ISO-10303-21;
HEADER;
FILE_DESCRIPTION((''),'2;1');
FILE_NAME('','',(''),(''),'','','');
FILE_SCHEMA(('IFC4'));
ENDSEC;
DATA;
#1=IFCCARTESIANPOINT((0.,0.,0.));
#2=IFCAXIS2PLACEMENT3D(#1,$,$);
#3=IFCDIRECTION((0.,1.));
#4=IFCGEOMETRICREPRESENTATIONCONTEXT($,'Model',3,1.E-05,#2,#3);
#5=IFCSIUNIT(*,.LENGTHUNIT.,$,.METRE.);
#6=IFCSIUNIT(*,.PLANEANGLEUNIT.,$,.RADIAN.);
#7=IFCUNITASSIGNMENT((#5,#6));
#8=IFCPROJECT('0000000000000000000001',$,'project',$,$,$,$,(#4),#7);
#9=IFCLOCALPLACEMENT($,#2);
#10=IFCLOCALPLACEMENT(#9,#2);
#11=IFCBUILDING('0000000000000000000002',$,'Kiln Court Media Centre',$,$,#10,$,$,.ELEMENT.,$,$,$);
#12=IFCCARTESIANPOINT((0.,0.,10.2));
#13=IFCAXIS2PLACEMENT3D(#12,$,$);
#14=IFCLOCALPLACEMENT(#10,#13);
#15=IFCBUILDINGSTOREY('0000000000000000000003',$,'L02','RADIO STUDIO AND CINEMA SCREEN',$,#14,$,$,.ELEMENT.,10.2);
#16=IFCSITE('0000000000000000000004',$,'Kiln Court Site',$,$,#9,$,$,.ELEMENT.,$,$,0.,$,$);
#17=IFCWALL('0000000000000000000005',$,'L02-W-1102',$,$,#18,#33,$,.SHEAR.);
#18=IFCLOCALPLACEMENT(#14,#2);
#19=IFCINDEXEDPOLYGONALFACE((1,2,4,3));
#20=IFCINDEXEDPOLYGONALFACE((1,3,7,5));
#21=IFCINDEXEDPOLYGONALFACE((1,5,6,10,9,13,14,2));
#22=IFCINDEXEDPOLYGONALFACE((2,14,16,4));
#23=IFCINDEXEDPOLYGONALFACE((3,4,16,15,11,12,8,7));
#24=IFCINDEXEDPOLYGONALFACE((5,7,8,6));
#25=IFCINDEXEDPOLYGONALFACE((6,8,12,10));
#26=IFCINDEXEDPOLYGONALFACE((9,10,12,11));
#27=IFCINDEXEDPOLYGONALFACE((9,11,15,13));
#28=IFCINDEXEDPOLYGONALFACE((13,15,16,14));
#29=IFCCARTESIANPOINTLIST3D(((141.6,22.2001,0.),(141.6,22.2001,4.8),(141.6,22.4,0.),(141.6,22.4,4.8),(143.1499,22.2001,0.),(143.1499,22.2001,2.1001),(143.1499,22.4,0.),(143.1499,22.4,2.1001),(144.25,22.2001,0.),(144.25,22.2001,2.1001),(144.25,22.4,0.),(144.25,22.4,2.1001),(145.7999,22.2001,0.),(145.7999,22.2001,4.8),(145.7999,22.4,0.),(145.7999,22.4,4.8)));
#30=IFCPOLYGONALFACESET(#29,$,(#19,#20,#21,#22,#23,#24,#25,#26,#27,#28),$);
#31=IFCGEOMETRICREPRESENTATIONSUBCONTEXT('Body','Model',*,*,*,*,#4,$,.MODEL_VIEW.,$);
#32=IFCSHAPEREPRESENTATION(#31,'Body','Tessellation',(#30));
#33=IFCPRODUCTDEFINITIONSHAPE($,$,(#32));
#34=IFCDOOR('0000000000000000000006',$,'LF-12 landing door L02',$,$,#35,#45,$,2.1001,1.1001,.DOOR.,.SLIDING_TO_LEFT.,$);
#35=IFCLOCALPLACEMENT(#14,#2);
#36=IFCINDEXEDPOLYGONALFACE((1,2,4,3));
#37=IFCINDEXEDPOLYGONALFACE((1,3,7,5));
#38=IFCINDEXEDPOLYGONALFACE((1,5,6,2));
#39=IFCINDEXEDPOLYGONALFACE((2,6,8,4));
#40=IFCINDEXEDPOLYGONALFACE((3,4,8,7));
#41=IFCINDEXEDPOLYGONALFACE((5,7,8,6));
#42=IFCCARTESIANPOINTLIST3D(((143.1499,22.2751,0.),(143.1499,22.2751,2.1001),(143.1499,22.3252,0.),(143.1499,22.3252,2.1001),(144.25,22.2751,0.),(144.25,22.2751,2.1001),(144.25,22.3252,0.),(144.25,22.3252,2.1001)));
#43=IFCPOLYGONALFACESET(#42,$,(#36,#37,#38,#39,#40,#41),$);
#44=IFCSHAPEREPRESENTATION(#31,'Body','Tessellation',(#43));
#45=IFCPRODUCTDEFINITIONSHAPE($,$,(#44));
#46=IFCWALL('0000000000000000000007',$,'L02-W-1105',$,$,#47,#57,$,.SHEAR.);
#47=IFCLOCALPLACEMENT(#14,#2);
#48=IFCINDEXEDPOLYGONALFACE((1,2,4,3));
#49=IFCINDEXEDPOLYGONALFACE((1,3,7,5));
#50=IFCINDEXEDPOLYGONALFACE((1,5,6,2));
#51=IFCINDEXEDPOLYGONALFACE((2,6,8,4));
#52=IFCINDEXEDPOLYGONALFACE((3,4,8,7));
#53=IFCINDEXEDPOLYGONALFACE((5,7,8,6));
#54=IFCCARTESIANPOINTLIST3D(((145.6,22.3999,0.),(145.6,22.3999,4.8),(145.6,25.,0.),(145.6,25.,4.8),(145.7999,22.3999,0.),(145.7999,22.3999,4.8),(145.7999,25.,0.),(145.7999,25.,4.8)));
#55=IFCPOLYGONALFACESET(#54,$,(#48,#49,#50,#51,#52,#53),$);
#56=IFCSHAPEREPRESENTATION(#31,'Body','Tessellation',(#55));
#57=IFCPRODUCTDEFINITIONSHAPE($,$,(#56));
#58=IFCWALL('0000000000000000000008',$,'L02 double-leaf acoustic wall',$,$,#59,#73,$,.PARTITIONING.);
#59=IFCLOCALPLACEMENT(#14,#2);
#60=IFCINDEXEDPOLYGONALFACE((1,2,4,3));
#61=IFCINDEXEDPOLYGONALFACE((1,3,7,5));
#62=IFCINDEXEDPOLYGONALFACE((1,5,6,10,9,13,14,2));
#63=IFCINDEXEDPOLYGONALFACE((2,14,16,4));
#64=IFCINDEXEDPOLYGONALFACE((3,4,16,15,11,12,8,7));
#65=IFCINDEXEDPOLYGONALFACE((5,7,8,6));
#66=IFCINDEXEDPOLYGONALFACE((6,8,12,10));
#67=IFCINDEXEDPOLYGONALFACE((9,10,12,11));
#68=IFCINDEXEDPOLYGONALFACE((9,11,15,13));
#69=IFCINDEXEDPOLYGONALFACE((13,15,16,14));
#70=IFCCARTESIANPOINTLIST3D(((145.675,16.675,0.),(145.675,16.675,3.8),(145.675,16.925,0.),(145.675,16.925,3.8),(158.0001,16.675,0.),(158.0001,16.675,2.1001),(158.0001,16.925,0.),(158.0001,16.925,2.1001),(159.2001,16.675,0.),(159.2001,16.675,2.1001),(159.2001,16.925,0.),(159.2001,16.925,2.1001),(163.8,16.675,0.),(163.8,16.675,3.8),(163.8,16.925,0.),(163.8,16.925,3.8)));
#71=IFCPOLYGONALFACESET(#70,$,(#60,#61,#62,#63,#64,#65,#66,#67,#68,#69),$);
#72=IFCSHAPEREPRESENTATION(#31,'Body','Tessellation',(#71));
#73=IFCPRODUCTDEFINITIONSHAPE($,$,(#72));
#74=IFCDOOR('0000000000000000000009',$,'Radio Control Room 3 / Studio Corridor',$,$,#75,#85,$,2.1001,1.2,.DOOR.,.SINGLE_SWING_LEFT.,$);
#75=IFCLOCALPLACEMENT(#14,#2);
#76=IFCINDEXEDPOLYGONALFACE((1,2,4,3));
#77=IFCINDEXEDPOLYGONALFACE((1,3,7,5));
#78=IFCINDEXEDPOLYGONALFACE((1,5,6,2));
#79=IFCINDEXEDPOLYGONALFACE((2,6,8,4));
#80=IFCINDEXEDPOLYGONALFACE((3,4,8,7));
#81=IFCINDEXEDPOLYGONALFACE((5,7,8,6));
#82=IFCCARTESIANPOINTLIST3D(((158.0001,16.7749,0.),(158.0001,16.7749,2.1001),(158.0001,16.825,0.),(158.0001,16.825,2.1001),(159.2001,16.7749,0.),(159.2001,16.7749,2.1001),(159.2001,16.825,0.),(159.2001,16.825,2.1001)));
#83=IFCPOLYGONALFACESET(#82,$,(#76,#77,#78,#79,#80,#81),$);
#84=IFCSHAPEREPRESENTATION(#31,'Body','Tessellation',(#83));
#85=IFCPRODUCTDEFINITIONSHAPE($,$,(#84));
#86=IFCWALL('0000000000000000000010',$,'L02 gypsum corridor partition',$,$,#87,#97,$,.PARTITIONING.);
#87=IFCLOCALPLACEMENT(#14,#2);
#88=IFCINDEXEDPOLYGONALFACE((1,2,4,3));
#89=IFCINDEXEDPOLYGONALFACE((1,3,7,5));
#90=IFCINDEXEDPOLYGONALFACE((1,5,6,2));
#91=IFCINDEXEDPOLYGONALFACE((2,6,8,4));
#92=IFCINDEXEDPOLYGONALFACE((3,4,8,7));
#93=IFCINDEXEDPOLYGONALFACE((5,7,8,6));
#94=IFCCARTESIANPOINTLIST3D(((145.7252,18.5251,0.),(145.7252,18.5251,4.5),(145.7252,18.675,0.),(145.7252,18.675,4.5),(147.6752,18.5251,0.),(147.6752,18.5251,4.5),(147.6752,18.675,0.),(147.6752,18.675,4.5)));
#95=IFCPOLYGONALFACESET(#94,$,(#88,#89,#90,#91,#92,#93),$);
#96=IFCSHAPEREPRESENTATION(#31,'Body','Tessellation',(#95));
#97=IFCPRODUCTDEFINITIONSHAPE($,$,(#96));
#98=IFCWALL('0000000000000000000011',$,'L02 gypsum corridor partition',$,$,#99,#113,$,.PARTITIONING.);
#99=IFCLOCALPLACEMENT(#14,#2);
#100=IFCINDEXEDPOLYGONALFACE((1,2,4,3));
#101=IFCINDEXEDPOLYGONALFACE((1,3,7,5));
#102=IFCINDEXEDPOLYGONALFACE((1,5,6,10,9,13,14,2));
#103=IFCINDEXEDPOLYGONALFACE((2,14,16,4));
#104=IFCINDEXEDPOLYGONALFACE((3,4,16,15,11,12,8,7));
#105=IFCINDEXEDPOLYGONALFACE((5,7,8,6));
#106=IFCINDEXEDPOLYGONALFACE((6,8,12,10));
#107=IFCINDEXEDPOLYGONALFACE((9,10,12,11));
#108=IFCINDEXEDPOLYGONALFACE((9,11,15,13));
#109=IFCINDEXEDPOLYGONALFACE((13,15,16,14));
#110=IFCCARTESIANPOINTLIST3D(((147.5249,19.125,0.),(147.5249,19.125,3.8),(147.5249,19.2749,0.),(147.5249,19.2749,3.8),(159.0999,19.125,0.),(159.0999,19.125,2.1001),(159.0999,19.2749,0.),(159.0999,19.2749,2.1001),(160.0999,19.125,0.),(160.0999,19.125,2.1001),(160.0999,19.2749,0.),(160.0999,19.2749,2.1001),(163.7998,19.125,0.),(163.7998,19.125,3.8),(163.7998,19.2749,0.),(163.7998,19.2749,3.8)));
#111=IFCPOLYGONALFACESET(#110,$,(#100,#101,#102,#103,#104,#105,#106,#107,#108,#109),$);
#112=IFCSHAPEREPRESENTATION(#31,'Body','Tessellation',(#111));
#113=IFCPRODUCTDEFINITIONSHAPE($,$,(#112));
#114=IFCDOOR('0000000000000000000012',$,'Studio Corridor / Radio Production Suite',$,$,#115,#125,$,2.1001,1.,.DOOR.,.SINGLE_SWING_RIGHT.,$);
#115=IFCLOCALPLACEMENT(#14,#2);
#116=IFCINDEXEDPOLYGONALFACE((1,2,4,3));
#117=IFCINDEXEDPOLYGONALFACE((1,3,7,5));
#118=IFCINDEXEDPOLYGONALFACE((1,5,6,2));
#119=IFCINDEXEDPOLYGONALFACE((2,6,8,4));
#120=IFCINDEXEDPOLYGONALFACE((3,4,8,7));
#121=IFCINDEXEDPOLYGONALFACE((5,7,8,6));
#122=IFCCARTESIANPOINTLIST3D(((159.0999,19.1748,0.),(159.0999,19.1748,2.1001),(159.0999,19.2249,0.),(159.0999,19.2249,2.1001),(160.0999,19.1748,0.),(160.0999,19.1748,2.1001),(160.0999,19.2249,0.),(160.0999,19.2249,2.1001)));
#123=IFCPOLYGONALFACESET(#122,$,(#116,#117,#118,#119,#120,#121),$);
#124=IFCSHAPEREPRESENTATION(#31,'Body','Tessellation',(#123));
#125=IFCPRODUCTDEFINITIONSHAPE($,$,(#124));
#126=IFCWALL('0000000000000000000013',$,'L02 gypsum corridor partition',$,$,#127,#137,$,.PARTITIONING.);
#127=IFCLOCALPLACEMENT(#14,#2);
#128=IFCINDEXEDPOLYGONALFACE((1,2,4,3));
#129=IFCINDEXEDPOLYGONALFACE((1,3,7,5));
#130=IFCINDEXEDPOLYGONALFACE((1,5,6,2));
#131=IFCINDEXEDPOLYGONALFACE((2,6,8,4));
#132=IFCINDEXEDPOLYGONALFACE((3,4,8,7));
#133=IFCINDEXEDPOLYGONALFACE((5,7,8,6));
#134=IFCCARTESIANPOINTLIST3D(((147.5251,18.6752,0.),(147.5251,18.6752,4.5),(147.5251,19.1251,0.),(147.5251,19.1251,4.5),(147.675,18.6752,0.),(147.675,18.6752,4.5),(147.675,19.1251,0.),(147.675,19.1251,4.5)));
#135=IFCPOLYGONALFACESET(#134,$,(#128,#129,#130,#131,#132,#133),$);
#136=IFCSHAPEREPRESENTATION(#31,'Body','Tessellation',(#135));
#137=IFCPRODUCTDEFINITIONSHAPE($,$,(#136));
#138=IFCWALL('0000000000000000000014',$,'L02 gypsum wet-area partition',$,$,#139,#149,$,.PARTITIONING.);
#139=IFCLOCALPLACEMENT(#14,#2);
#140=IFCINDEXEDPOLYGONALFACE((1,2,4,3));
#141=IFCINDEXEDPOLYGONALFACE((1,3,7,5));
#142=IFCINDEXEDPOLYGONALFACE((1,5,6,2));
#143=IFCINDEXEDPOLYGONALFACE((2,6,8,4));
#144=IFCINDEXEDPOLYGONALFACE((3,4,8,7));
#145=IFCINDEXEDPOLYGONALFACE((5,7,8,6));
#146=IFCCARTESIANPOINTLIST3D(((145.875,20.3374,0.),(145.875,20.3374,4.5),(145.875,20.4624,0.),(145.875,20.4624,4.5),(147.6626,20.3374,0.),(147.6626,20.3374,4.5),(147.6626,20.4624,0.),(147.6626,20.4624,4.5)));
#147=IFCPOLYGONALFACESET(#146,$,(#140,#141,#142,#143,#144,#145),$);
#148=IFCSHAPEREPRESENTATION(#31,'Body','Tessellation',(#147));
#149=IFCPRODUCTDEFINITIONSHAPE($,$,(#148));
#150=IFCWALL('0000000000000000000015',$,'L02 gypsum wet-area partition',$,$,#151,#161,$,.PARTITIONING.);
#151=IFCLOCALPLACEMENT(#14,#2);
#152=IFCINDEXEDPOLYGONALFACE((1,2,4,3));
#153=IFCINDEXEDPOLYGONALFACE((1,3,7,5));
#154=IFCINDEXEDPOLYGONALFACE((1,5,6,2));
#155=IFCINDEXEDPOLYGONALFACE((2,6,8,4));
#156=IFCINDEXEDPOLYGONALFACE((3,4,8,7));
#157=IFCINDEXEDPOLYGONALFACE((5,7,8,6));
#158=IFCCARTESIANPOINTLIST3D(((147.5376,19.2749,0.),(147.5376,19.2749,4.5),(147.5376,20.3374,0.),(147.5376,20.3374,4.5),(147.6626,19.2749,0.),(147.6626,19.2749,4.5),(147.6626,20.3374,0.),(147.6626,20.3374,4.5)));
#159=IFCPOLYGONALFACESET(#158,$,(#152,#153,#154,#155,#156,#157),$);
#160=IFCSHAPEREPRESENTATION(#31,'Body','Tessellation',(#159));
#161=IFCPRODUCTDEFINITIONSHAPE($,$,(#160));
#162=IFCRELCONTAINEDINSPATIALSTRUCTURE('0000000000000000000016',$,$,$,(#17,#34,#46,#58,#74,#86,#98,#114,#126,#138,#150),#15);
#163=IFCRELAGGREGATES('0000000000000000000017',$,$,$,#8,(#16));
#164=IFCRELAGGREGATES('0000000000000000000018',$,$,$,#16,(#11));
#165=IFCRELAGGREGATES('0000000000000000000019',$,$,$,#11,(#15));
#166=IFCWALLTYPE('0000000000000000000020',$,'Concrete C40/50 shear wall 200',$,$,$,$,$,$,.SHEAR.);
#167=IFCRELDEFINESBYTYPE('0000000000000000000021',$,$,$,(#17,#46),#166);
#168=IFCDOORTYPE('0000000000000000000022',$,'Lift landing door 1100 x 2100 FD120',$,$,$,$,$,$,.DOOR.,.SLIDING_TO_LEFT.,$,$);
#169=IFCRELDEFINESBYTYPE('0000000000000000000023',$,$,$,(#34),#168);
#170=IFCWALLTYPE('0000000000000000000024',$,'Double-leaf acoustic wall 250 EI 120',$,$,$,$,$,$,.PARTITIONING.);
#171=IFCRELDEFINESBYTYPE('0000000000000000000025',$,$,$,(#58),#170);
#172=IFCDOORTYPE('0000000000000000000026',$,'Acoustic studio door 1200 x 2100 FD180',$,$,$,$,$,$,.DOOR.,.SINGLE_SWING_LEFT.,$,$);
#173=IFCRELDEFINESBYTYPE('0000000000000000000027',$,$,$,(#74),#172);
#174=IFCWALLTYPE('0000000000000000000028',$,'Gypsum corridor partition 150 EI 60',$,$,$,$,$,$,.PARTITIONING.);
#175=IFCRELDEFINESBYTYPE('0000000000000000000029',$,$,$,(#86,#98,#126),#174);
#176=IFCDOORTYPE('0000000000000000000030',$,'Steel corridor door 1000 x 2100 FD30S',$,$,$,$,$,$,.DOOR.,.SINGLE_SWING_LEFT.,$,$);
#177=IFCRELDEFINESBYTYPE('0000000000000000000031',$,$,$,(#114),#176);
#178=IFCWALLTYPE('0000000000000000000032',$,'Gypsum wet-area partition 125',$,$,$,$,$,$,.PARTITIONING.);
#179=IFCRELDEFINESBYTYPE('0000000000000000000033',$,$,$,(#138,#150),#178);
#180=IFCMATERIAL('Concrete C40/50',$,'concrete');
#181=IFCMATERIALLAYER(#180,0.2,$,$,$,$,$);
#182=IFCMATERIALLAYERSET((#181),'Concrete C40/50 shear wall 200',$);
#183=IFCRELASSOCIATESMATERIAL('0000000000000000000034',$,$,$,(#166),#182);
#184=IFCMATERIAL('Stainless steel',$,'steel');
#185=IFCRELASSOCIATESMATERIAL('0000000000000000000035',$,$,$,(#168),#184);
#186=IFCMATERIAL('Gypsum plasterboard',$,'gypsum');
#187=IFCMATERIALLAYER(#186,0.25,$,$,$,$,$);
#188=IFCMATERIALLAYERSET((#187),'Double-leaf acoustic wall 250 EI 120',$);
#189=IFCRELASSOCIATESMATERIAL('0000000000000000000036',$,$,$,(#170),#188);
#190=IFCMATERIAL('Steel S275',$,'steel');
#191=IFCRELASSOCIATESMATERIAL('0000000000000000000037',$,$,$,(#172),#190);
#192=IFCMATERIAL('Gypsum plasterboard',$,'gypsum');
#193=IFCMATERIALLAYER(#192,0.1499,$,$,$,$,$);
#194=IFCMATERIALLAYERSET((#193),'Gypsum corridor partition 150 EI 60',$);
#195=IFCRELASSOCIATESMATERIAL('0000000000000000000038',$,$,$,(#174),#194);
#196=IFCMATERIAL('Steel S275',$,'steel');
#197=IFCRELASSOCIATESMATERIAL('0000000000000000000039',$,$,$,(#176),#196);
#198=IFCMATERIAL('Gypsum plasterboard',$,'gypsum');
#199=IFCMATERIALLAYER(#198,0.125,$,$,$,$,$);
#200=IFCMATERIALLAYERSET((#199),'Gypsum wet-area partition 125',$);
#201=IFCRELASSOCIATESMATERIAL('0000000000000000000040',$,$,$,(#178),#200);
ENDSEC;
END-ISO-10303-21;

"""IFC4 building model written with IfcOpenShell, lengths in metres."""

from ifc_helpers import new_model, si_unit, direction, frame, frame_2d, origin, place, context, subcontext, project, spatial, rectangle, extrude, material, layer, layer_set, type_object, element, fill, save


model = new_model("IFC4")

# Units and contexts
model_context = context("Model", 3, precision=1e-05, world=origin(), true_north=direction((0.0, 1.0)))
body_context = subcontext(model_context, "Body", "Model", "MODEL_VIEW")
ifc_project = project(units=[si_unit("LENGTHUNIT", "METRE"), si_unit("PLANEANGLEUNIT", "RADIAN")], contexts=[model_context])

# Site, building, storey
site_placement = place(None, origin())
site = spatial("IfcSite", under=ifc_project, at=site_placement, Name="Kiln Court Site", CompositionType="ELEMENT", RefElevation=0.0)
building_placement = place(site_placement, origin())
building = spatial("IfcBuilding", under=site, at=building_placement, Name="Kiln Court Media Centre", CompositionType="ELEMENT")
storey_placement = place(building_placement, frame((0.0, 0.0, 10.2)))
storey = spatial("IfcBuildingStorey", under=building, at=storey_placement, Name="L02", Description="RADIO STUDIO AND CINEMA SCREEN", CompositionType="ELEMENT", Elevation=10.2)

# Wall, opening, door
ifc_material_1 = material(Name="Concrete C40/50", Category="concrete")
ifc_layer_1 = layer(ifc_material_1, 0.2)
ifc_layer_set_1 = layer_set([ifc_layer_1], Name="Concrete C40/50 shear wall 200")
wall_type_1 = type_object("IfcWallType", Name="Concrete C40/50 shear wall 200", PredefinedType="SHEAR", material=ifc_layer_set_1)
wall_1_placement = place(storey_placement, frame((145.8, 22.3, 0.0), z_axis=(0.0, 0.0, 1.0), x_axis=(-1.0, 0.0, 0.0)))
wall_1 = element("IfcWall", 1, at=wall_1_placement, inside=storey, type_object=wall_type_1, Name="L02-W-1102", PredefinedType="SHEAR", context=body_context, shape_type="SweptSolid", body=[
    extrude(rectangle(XDim=4.2, YDim=0.2, at=frame_2d((2.1001, 0.0))), origin(), (0.0, 0.0, 1.0), 4.8),
])
opening_1_placement = place(wall_1_placement, frame((1.55, 0.0, 0.0)))
opening_1 = element("IfcOpeningElement", 2, at=opening_1_placement, cuts=wall_1, PredefinedType="OPENING", context=body_context, shape_type="SweptSolid", body=[
    extrude(rectangle(XDim=1.1001, YDim=2.1001, at=frame_2d((0.55, 1.05))), frame((0.0, 0.1099, 0.0), z_axis=(0.0, -1.0, 0.0), x_axis=(1.0, 0.0, 0.0)), (0.0, 0.0, 1.0), 0.22),
])
ifc_material_2 = material(Name="Stainless steel", Category="steel")
door_type_1 = type_object("IfcDoorType", Name="Lift landing door 1100 x 2100 FD120", OperationType="SLIDING_TO_LEFT", PredefinedType="DOOR", material=ifc_material_2)
door_1_placement = place(opening_1_placement, origin())
door_1 = element("IfcDoor", 3, at=door_1_placement, inside=storey, type_object=door_type_1, Name="LF-12 landing door L02", OperationType="SLIDING_TO_LEFT", OverallHeight=2.1001, OverallWidth=1.1001, PredefinedType="DOOR", context=body_context, shape_type="SweptSolid", body=[
    extrude(rectangle(XDim=1.1001, YDim=2.1001, at=frame_2d((0.55, 1.05))), frame((0.0, 0.0249, 0.0), z_axis=(0.0, -1.0, 0.0), x_axis=(1.0, 0.0, 0.0)), (0.0, 0.0, 1.0), 0.05),
])
fill(opening_1, door_1)

# Wall
wall_2_placement = place(storey_placement, frame((145.7, 25.0, 0.0), z_axis=(0.0, 0.0, 1.0), x_axis=(0.0, -1.0, 0.0)))
element("IfcWall", 4, at=wall_2_placement, inside=storey, type_object=wall_type_1, Name="L02-W-1105", PredefinedType="SHEAR", context=body_context, shape_type="SweptSolid", body=[
    extrude(rectangle(XDim=2.6001, YDim=0.2, at=frame_2d((1.3, 0.0))), origin(), (0.0, 0.0, 1.0), 4.8),
])

# Wall, opening, door
ifc_material_3 = material(Name="Gypsum plasterboard", Category="gypsum")
ifc_layer_2 = layer(ifc_material_3, 0.25)
ifc_layer_set_2 = layer_set([ifc_layer_2], Name="Double-leaf acoustic wall 250 EI 120")
wall_type_2 = type_object("IfcWallType", Name="Double-leaf acoustic wall 250 EI 120", PredefinedType="PARTITIONING", material=ifc_layer_set_2)
wall_3_placement = place(storey_placement, frame((145.675, 16.8, 0.0), z_axis=(0.0, 0.0, 1.0), x_axis=(1.0, 0.0, 0.0)))
wall_3 = element("IfcWall", 5, at=wall_3_placement, inside=storey, type_object=wall_type_2, Name="L02 double-leaf acoustic wall", PredefinedType="PARTITIONING", context=body_context, shape_type="SweptSolid", body=[
    extrude(rectangle(XDim=18.125, YDim=0.25, at=frame_2d((9.0625, 0.0))), origin(), (0.0, 0.0, 1.0), 3.8),
])
opening_2_placement = place(wall_3_placement, frame((12.325, 0.0, 0.0)))
opening_2 = element("IfcOpeningElement", 6, at=opening_2_placement, cuts=wall_3, PredefinedType="OPENING", context=body_context, shape_type="SweptSolid", body=[
    extrude(rectangle(XDim=1.2, YDim=2.1001, at=frame_2d((0.6001, 1.05))), frame((0.0, 0.135, 0.0), z_axis=(0.0, -1.0, 0.0), x_axis=(1.0, 0.0, 0.0)), (0.0, 0.0, 1.0), 0.27),
])
ifc_material_4 = material(Name="Steel S275", Category="steel")
door_type_2 = type_object("IfcDoorType", Name="Acoustic studio door 1200 x 2100 FD180", OperationType="SINGLE_SWING_LEFT", PredefinedType="DOOR", material=ifc_material_4)
door_2_placement = place(opening_2_placement, origin())
door_2 = element("IfcDoor", 7, at=door_2_placement, inside=storey, type_object=door_type_2, Name="Radio Control Room 3 / Studio Corridor", OperationType="SINGLE_SWING_LEFT", OverallHeight=2.1001, OverallWidth=1.2, PredefinedType="DOOR", context=body_context, shape_type="SweptSolid", body=[
    extrude(rectangle(XDim=1.2, YDim=2.1001, at=frame_2d((0.6001, 1.05))), frame((0.0, 0.0249, 0.0), z_axis=(0.0, -1.0, 0.0), x_axis=(1.0, 0.0, 0.0)), (0.0, 0.0, 1.0), 0.05),
])
fill(opening_2, door_2)

# Wall
ifc_material_5 = material(Name="Gypsum plasterboard", Category="gypsum")
ifc_layer_3 = layer(ifc_material_5, 0.1499)
ifc_layer_set_3 = layer_set([ifc_layer_3], Name="Gypsum corridor partition 150 EI 60")
wall_type_3 = type_object("IfcWallType", Name="Gypsum corridor partition 150 EI 60", PredefinedType="PARTITIONING", material=ifc_layer_set_3)
wall_4_placement = place(storey_placement, frame((145.7251, 18.6001, 0.0), z_axis=(0.0, 0.0, 1.0), x_axis=(1.0, 0.0, 0.0)))
element("IfcWall", 8, at=wall_4_placement, inside=storey, type_object=wall_type_3, Name="L02 gypsum corridor partition", PredefinedType="PARTITIONING", context=body_context, shape_type="SweptSolid", body=[
    extrude(rectangle(XDim=1.95, YDim=0.1499, at=frame_2d((0.9751, 0.0))), origin(), (0.0, 0.0, 1.0), 4.5),
])

# Wall, opening, door
wall_5_placement = place(storey_placement, frame((147.5249, 19.2, 0.0), z_axis=(0.0, 0.0, 1.0), x_axis=(1.0, 0.0, 0.0)))
wall_5 = element("IfcWall", 9, at=wall_5_placement, inside=storey, type_object=wall_type_3, Name="L02 gypsum corridor partition", PredefinedType="PARTITIONING", context=body_context, shape_type="SweptSolid", body=[
    extrude(rectangle(XDim=16.2749, YDim=0.1499, at=frame_2d((8.1375, 0.0))), origin(), (0.0, 0.0, 1.0), 3.8),
])
opening_3_placement = place(wall_5_placement, frame((11.575, 0.0, 0.0)))
opening_3 = element("IfcOpeningElement", 10, at=opening_3_placement, cuts=wall_5, PredefinedType="OPENING", context=body_context, shape_type="SweptSolid", body=[
    extrude(rectangle(XDim=1.0, YDim=2.1001, at=frame_2d((0.5, 1.05))), frame((0.0, 0.085, 0.0), z_axis=(0.0, -1.0, 0.0), x_axis=(1.0, 0.0, 0.0)), (0.0, 0.0, 1.0), 0.1699),
])
ifc_material_6 = material(Name="Steel S275", Category="steel")
door_type_3 = type_object("IfcDoorType", Name="Steel corridor door 1000 x 2100 FD30S", OperationType="SINGLE_SWING_LEFT", PredefinedType="DOOR", material=ifc_material_6)
door_3_placement = place(opening_3_placement, origin())
door_3 = element("IfcDoor", 11, at=door_3_placement, inside=storey, type_object=door_type_3, Name="Studio Corridor / Radio Production Suite", OperationType="SINGLE_SWING_RIGHT", OverallHeight=2.1001, OverallWidth=1.0, PredefinedType="DOOR", context=body_context, shape_type="SweptSolid", body=[
    extrude(rectangle(XDim=1.0, YDim=2.1001, at=frame_2d((0.5, 1.05))), frame((0.0, 0.0249, 0.0), z_axis=(0.0, -1.0, 0.0), x_axis=(1.0, 0.0, 0.0)), (0.0, 0.0, 1.0), 0.05),
])
fill(opening_3, door_3)

# Walls
wall_6_placement = place(storey_placement, frame((147.6001, 18.675, 0.0), z_axis=(0.0, 0.0, 1.0), x_axis=(0.0, 1.0, 0.0)))
element("IfcWall", 12, at=wall_6_placement, inside=storey, type_object=wall_type_3, Name="L02 gypsum corridor partition", PredefinedType="PARTITIONING", context=body_context, shape_type="SweptSolid", body=[
    extrude(rectangle(XDim=0.45, YDim=0.1499, at=frame_2d((0.2251, 0.0))), origin(), (0.0, 0.0, 1.0), 4.5),
])
ifc_material_7 = material(Name="Gypsum plasterboard", Category="gypsum")
ifc_layer_4 = layer(ifc_material_7, 0.125)
ifc_layer_set_4 = layer_set([ifc_layer_4], Name="Gypsum wet-area partition 125")
wall_type_4 = type_object("IfcWallType", Name="Gypsum wet-area partition 125", PredefinedType="PARTITIONING", material=ifc_layer_set_4)
wall_7_placement = place(storey_placement, frame((145.875, 20.3999, 0.0), z_axis=(0.0, 0.0, 1.0), x_axis=(1.0, 0.0, 0.0)))
element("IfcWall", 13, at=wall_7_placement, inside=storey, type_object=wall_type_4, Name="L02 gypsum wet-area partition", PredefinedType="PARTITIONING", context=body_context, shape_type="SweptSolid", body=[
    extrude(rectangle(XDim=1.7876, YDim=0.125, at=frame_2d((0.8938, 0.0))), origin(), (0.0, 0.0, 1.0), 4.5),
])
wall_8_placement = place(storey_placement, frame((147.6001, 19.2749, 0.0), z_axis=(0.0, 0.0, 1.0), x_axis=(0.0, 1.0, 0.0)))
element("IfcWall", 14, at=wall_8_placement, inside=storey, type_object=wall_type_4, Name="L02 gypsum wet-area partition", PredefinedType="PARTITIONING", context=body_context, shape_type="SweptSolid", body=[
    extrude(rectangle(XDim=1.0625, YDim=0.125, at=frame_2d((0.5312, 0.0))), origin(), (0.0, 0.0, 1.0), 4.5),
])

save(model, "model.ifc")
